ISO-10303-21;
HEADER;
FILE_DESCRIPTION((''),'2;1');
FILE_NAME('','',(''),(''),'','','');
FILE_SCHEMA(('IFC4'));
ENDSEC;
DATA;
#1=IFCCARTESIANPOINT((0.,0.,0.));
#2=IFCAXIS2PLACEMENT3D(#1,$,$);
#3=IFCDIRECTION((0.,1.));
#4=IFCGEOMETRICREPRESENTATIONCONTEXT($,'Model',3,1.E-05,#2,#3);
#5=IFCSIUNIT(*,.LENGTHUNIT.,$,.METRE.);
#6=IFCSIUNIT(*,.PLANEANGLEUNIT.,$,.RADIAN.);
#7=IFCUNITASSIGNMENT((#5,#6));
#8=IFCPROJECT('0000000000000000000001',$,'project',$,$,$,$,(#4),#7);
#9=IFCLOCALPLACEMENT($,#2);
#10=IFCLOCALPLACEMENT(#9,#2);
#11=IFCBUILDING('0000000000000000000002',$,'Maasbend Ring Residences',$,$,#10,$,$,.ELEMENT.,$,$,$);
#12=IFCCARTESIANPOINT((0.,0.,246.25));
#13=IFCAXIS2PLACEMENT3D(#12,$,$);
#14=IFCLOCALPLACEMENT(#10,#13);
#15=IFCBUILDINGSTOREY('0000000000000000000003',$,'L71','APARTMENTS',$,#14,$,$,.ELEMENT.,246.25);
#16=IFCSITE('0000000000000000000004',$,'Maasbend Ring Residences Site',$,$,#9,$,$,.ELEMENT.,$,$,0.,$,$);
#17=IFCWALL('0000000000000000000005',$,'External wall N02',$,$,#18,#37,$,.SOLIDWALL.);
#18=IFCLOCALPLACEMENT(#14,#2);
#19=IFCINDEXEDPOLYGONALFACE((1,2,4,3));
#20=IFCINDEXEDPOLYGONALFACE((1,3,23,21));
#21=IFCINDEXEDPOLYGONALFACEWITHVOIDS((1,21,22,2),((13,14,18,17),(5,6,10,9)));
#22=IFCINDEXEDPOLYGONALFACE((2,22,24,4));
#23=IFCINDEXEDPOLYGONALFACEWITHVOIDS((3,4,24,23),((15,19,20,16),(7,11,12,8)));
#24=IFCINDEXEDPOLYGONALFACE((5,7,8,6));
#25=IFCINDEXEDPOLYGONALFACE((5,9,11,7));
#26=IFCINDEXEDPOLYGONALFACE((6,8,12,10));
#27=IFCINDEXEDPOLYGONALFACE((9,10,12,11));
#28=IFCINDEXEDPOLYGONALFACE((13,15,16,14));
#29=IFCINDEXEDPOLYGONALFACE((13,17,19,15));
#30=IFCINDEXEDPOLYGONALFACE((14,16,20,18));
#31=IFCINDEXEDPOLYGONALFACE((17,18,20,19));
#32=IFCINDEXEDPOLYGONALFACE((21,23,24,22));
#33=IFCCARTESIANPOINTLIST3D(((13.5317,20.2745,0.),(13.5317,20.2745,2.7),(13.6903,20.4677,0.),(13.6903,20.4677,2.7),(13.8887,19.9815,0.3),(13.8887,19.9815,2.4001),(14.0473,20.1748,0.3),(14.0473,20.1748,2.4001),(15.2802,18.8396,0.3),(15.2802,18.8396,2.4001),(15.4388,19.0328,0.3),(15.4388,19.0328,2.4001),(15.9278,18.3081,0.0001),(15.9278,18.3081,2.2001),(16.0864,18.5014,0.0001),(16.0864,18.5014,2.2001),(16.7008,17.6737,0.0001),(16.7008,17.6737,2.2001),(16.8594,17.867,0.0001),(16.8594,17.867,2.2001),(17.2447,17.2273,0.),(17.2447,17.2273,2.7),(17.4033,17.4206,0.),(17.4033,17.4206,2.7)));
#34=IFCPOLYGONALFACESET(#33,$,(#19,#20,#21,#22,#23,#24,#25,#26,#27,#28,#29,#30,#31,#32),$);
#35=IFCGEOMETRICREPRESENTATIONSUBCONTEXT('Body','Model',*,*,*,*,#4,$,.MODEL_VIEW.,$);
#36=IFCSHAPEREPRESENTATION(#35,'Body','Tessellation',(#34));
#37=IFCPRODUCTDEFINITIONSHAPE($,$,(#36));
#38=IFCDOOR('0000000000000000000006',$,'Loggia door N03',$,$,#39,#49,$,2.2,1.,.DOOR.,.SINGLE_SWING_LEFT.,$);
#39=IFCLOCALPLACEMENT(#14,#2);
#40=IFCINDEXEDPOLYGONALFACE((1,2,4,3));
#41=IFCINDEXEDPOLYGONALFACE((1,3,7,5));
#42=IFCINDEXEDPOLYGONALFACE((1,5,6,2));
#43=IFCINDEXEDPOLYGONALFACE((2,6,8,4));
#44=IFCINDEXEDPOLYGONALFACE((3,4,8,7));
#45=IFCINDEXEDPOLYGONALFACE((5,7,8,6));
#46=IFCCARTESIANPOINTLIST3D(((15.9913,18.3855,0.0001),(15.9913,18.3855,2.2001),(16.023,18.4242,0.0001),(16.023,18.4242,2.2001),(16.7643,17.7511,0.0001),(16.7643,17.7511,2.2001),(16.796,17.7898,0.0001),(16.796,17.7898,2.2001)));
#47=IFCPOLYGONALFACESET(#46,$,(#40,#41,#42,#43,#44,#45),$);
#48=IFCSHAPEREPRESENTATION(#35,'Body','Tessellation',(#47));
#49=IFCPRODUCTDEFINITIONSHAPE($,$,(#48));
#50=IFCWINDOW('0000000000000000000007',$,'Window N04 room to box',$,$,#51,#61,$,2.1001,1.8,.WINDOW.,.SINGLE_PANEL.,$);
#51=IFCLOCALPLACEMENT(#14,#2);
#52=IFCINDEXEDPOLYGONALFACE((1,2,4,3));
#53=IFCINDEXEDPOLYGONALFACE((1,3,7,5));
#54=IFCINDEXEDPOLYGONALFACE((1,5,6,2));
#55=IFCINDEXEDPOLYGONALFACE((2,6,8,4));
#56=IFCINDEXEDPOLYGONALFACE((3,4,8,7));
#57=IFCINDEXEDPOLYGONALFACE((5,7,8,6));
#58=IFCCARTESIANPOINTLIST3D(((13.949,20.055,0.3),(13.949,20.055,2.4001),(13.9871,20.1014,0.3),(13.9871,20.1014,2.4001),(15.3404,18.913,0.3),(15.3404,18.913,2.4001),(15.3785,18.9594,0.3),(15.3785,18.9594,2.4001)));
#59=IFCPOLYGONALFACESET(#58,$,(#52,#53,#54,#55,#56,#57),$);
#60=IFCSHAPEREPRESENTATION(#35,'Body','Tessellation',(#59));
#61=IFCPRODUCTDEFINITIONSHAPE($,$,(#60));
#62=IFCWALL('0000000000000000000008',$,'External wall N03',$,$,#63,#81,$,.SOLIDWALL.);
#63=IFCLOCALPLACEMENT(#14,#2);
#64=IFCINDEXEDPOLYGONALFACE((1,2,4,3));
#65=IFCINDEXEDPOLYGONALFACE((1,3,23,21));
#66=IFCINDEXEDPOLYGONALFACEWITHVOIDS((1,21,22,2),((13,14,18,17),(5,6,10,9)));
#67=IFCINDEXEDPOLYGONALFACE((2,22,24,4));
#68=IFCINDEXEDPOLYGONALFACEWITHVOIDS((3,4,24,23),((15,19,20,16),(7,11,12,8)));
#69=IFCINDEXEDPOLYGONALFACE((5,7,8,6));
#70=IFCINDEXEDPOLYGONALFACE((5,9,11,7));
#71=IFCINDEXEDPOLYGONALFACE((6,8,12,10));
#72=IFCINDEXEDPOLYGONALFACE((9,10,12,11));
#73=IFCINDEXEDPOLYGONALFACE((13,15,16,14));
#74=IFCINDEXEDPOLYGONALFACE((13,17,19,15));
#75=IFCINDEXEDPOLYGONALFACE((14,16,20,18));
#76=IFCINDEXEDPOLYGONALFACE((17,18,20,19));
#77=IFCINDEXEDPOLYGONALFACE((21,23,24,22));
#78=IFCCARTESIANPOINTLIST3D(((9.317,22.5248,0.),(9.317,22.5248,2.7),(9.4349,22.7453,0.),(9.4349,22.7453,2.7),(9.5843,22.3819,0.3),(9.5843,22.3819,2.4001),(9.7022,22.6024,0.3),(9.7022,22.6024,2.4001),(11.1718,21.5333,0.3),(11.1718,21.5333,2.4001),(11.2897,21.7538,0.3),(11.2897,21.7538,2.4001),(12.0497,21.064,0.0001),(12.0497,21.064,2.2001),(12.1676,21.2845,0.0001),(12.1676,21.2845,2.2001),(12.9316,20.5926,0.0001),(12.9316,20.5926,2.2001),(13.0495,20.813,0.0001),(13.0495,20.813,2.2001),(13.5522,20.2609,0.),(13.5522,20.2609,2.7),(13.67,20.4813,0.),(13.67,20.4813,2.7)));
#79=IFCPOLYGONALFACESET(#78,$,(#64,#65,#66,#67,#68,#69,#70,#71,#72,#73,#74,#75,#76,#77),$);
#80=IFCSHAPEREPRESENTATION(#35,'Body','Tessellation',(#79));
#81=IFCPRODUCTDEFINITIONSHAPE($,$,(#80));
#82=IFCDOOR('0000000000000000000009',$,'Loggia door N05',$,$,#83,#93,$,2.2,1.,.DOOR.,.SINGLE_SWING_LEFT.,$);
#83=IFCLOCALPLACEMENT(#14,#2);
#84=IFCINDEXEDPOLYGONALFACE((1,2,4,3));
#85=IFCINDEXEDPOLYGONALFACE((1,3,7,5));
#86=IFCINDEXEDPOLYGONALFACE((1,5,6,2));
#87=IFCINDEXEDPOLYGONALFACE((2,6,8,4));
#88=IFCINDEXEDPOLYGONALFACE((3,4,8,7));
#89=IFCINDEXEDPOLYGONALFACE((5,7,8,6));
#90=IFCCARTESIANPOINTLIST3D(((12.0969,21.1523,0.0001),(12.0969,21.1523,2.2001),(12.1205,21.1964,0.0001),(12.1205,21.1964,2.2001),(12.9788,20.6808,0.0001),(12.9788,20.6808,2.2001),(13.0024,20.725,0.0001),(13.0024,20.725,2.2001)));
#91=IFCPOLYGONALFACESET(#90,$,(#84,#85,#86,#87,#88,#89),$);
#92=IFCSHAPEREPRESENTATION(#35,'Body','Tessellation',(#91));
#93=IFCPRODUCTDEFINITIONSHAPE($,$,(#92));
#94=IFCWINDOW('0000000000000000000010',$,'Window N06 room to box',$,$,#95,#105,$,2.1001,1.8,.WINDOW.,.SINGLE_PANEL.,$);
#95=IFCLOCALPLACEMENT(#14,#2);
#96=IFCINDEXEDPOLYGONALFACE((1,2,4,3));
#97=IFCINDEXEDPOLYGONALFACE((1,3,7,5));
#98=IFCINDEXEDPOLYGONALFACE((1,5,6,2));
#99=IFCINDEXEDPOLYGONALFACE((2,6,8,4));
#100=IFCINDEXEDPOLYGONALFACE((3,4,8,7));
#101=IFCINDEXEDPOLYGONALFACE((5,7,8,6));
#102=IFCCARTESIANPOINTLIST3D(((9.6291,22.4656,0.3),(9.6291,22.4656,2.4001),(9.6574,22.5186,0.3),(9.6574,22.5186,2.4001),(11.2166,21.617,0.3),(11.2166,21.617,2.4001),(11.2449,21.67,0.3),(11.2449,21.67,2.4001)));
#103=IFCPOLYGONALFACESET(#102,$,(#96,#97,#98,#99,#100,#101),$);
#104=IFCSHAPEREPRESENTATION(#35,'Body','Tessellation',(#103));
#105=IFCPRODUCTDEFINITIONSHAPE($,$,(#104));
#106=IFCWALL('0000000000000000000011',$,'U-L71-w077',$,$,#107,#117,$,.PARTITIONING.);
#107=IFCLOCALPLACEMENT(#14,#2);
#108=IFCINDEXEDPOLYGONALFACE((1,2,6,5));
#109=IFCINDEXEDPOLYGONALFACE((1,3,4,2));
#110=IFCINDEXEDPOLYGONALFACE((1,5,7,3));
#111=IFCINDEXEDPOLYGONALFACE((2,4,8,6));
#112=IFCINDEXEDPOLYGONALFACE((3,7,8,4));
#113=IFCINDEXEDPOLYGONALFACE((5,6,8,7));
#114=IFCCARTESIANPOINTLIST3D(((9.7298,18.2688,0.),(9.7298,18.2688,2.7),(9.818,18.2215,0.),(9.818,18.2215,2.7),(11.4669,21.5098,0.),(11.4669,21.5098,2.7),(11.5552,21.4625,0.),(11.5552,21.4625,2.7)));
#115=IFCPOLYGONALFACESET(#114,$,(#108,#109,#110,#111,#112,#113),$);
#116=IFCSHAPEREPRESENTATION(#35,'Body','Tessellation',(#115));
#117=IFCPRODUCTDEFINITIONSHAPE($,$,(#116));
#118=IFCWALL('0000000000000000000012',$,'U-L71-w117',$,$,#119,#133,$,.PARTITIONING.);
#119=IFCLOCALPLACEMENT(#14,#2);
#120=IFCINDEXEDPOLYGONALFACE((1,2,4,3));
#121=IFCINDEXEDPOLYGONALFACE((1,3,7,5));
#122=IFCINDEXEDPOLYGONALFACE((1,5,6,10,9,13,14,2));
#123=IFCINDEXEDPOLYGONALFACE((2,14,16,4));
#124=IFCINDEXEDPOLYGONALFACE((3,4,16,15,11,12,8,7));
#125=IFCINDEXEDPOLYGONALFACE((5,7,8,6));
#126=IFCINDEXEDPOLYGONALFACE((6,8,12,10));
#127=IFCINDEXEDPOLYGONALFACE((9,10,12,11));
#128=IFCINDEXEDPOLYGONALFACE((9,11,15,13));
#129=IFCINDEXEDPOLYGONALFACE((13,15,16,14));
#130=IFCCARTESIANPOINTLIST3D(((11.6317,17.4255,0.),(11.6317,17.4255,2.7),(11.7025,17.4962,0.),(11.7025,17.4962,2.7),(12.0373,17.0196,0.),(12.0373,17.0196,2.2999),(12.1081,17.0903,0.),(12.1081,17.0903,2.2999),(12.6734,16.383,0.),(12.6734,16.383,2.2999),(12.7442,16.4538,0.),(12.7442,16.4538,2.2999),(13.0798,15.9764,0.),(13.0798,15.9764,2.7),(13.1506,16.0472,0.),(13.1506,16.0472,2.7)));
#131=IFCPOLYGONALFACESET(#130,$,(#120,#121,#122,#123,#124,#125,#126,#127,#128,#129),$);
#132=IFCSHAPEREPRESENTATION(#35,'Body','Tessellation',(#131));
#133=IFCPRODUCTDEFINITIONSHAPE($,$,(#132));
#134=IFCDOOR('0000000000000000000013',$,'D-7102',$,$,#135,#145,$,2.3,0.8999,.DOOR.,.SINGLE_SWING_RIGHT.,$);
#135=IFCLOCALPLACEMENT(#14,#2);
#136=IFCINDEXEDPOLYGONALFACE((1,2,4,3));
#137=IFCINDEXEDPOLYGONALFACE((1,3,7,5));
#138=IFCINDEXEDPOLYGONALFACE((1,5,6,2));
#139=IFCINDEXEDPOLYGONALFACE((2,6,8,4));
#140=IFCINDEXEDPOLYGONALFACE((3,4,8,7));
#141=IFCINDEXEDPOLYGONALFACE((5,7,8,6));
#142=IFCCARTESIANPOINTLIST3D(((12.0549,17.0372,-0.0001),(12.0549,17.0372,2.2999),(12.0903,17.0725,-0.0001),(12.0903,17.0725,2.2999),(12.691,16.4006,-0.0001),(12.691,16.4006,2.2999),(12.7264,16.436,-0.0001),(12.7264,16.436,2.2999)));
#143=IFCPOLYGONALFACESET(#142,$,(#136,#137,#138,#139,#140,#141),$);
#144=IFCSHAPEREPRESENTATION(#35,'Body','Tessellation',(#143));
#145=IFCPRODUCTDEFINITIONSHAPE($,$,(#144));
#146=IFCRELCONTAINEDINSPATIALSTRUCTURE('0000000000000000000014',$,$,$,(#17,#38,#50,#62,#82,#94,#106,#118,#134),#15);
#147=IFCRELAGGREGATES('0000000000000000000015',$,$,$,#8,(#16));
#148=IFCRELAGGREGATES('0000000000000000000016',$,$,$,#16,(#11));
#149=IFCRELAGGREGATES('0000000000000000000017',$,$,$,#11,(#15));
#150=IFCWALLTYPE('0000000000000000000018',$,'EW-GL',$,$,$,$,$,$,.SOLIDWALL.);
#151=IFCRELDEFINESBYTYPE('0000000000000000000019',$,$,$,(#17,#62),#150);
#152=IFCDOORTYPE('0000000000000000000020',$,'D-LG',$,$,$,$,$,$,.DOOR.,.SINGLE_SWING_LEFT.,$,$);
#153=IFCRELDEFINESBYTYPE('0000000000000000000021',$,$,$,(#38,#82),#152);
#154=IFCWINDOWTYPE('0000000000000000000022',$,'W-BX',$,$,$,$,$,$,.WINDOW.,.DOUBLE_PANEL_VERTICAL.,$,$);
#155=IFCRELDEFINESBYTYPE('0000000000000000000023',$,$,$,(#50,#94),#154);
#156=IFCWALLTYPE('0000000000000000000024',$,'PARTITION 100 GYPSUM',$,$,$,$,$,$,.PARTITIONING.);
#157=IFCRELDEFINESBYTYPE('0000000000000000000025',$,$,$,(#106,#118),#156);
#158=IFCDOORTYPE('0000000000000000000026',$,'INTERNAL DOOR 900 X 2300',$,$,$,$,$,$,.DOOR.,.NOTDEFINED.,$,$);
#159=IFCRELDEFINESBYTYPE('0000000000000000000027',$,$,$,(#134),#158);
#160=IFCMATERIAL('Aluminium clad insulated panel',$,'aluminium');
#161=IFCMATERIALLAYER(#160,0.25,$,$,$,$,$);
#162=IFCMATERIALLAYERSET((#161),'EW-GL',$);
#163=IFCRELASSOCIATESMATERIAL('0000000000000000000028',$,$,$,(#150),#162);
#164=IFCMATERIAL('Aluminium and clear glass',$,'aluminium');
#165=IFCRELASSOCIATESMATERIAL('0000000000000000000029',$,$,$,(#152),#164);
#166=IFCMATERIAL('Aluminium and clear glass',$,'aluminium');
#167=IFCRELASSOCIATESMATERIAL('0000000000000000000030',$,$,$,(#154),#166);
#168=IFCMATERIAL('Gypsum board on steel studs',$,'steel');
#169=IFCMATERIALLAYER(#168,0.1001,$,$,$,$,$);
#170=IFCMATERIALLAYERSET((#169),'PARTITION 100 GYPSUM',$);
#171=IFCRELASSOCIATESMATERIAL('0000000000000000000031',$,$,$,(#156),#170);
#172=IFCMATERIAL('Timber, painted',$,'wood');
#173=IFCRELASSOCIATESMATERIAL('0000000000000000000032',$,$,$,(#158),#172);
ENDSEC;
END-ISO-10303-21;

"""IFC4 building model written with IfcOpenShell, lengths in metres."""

from ifc_helpers import new_model, si_unit, direction, frame, frame_2d, origin, place, context, subcontext, project, spatial, rectangle, extrude, material, layer, layer_set, type_object, element, fill, save


model = new_model("IFC4")

# Units and contexts
model_context = context("Model", 3, precision=1e-05, world=origin(), true_north=direction((0.0, 1.0)))
body_context = subcontext(model_context, "Body", "Model", "MODEL_VIEW")
ifc_project = project(units=[si_unit("LENGTHUNIT", "METRE"), si_unit("PLANEANGLEUNIT", "RADIAN")], contexts=[model_context])

# Site, building, storey
site_placement = place(None, origin())
site = spatial("IfcSite", under=ifc_project, at=site_placement, Name="Maasbend Ring Residences Site", CompositionType="ELEMENT", RefElevation=0.0)
building_placement = place(site_placement, origin())
building = spatial("IfcBuilding", under=site, at=building_placement, Name="Maasbend Ring Residences", CompositionType="ELEMENT")
storey_placement = place(building_placement, frame((0.0, 0.0, 246.25)))
storey = spatial("IfcBuildingStorey", under=building, at=storey_placement, Name="L71", Description="APARTMENTS", CompositionType="ELEMENT", Elevation=246.25)

# Walls, openings, doors, windows
ifc_material_1 = material(Name="Aluminium clad insulated panel", Category="aluminium")
ifc_layer_1 = layer(ifc_material_1, 0.25)
ifc_layer_set_1 = layer_set([ifc_layer_1], Name="EW-GL")
wall_type_1 = type_object("IfcWallType", Name="EW-GL", PredefinedType="SOLIDWALL", material=ifc_layer_set_1)
wall_1_placement = place(storey_placement, frame((17.324, 17.324, 0.0), z_axis=(0.0, 0.0, 1.0), x_axis=(-0.773008, 0.634397, 0.0)))
wall_1 = element("IfcWall", 1, at=wall_1_placement, inside=storey, type_object=wall_type_1, Name="External wall N02", PredefinedType="SOLIDWALL", context=body_context, shape_type="SweptSolid", body=[
    extrude(rectangle(XDim=4.8032, YDim=0.25, at=frame_2d((2.4016, 0.0))), origin(), (0.0, 0.0, 1.0), 2.7),
])
opening_1_placement = place(wall_1_placement, frame((0.7036, 0.0, 0.0)))
opening_1 = element("IfcOpeningElement", 2, at=opening_1_placement, cuts=wall_1, PredefinedType="OPENING", context=body_context, shape_type="SweptSolid", body=[
    extrude(rectangle(XDim=1.0, YDim=2.2, at=frame_2d((0.5, 1.1001))), frame((0.0, 0.135, 0.0), z_axis=(0.0, -1.0, 0.0), x_axis=(1.0, 0.0, 0.0)), (0.0, 0.0, 1.0), 0.27),
])
opening_2_placement = place(wall_1_placement, frame((2.5415, 0.0, 0.3)))
opening_2 = element("IfcOpeningElement", 3, at=opening_2_placement, cuts=wall_1, PredefinedType="OPENING", context=body_context, shape_type="SweptSolid", body=[
    extrude(rectangle(XDim=1.8, YDim=2.1001, at=frame_2d((0.8999, 1.05))), frame((0.0, 0.135, 0.0), z_axis=(0.0, -1.0, 0.0), x_axis=(1.0, 0.0, 0.0)), (0.0, 0.0, 1.0), 0.27),
])
ifc_material_2 = material(Name="Aluminium and clear glass", Category="aluminium")
door_type_1 = type_object("IfcDoorType", Name="D-LG", OperationType="SINGLE_SWING_LEFT", PredefinedType="DOOR", material=ifc_material_2)
door_1_placement = place(opening_1_placement, origin())
door_1 = element("IfcDoor", 4, at=door_1_placement, inside=storey, type_object=door_type_1, Name="Loggia door N03", OperationType="SINGLE_SWING_LEFT", OverallHeight=2.2, OverallWidth=1.0, PredefinedType="DOOR", context=body_context, shape_type="SweptSolid", body=[
    extrude(rectangle(XDim=1.0, YDim=2.2, at=frame_2d((0.5, 1.1001))), frame((0.0, 0.0249, 0.0), z_axis=(0.0, -1.0, 0.0), x_axis=(1.0, 0.0, 0.0)), (0.0, 0.0, 1.0), 0.05),
])
fill(opening_1, door_1)
ifc_material_3 = material(Name="Aluminium and clear glass", Category="aluminium")
window_type_1 = type_object("IfcWindowType", Name="W-BX", PartitioningType="DOUBLE_PANEL_VERTICAL", PredefinedType="WINDOW", material=ifc_material_3)
window_1_placement = place(opening_2_placement, origin())
window_1 = element("IfcWindow", 5, at=window_1_placement, inside=storey, type_object=window_type_1, Name="Window N04 room to box", OverallHeight=2.1001, OverallWidth=1.8, PartitioningType="SINGLE_PANEL", PredefinedType="WINDOW", context=body_context, shape_type="SweptSolid", body=[
    extrude(rectangle(XDim=1.8, YDim=2.1001, at=frame_2d((0.8999, 1.05))), frame((0.0, 0.03, 0.0), z_axis=(0.0, -1.0, 0.0), x_axis=(1.0, 0.0, 0.0)), (0.0, 0.0, 1.0), 0.0601),
])
fill(opening_2, window_1)
wall_2_placement = place(storey_placement, frame((13.6111, 20.3711, 0.0), z_axis=(0.0, 0.0, 1.0), x_axis=(-0.881904, 0.47143, 0.0)))
wall_2 = element("IfcWall", 6, at=wall_2_placement, inside=storey, type_object=wall_type_1, Name="External wall N03", PredefinedType="SOLIDWALL", context=body_context, shape_type="SweptSolid", body=[
    extrude(rectangle(XDim=4.8022, YDim=0.25, at=frame_2d((2.4011, 0.0))), origin(), (0.0, 0.0, 1.0), 2.7),
])
opening_3_placement = place(wall_2_placement, frame((0.7036, 0.0, 0.0)))
opening_3 = element("IfcOpeningElement", 7, at=opening_3_placement, cuts=wall_2, PredefinedType="OPENING", context=body_context, shape_type="SweptSolid", body=[
    extrude(rectangle(XDim=1.0, YDim=2.2, at=frame_2d((0.5, 1.1001))), frame((0.0, 0.135, 0.0), z_axis=(0.0, -1.0, 0.0), x_axis=(1.0, 0.0, 0.0)), (0.0, 0.0, 1.0), 0.27),
])
opening_4_placement = place(wall_2_placement, frame((2.6992, 0.0, 0.3)))
opening_4 = element("IfcOpeningElement", 8, at=opening_4_placement, cuts=wall_2, PredefinedType="OPENING", context=body_context, shape_type="SweptSolid", body=[
    extrude(rectangle(XDim=1.8, YDim=2.1001, at=frame_2d((0.8999, 1.05))), frame((0.0, 0.135, 0.0), z_axis=(0.0, -1.0, 0.0), x_axis=(1.0, 0.0, 0.0)), (0.0, 0.0, 1.0), 0.27),
])
door_2_placement = place(opening_3_placement, origin())
door_2 = element("IfcDoor", 9, at=door_2_placement, inside=storey, type_object=door_type_1, Name="Loggia door N05", OperationType="SINGLE_SWING_LEFT", OverallHeight=2.2, OverallWidth=1.0, PredefinedType="DOOR", context=body_context, shape_type="SweptSolid", body=[
    extrude(rectangle(XDim=1.0, YDim=2.2, at=frame_2d((0.5, 1.1001))), frame((0.0, 0.0249, 0.0), z_axis=(0.0, -1.0, 0.0), x_axis=(1.0, 0.0, 0.0)), (0.0, 0.0, 1.0), 0.05),
])
fill(opening_3, door_2)
window_2_placement = place(opening_4_placement, origin())
window_2 = element("IfcWindow", 10, at=window_2_placement, inside=storey, type_object=window_type_1, Name="Window N06 room to box", OverallHeight=2.1001, OverallWidth=1.8, PartitioningType="SINGLE_PANEL", PredefinedType="WINDOW", context=body_context, shape_type="SweptSolid", body=[
    extrude(rectangle(XDim=1.8, YDim=2.1001, at=frame_2d((0.8999, 1.05))), frame((0.0, 0.03, 0.0), z_axis=(0.0, -1.0, 0.0), x_axis=(1.0, 0.0, 0.0)), (0.0, 0.0, 1.0), 0.0601),
])
fill(opening_4, window_2)

# Wall
ifc_material_4 = material(Name="Gypsum board on steel studs", Category="steel")
ifc_layer_2 = layer(ifc_material_4, 0.1001)
ifc_layer_set_2 = layer_set([ifc_layer_2], Name="PARTITION 100 GYPSUM")
wall_type_2 = type_object("IfcWallType", Name="PARTITION 100 GYPSUM", PredefinedType="PARTITIONING", material=ifc_layer_set_2)
wall_3_placement = place(storey_placement, frame((9.7739, 18.2451, 0.0), z_axis=(0.0, 0.0, 1.0), x_axis=(0.472396, 0.881386, 0.0)))
element("IfcWall", 11, at=wall_3_placement, inside=storey, type_object=wall_type_2, Name="U-L71-w077", PredefinedType="PARTITIONING", context=body_context, shape_type="SweptSolid", body=[
    extrude(rectangle(XDim=3.6772, YDim=0.1001, at=frame_2d((1.8386, 0.0))), origin(), (0.0, 0.0, 1.0), 2.7),
])

# Wall, opening, door
wall_4_placement = place(storey_placement, frame((11.667, 17.4609, 0.0), z_axis=(0.0, 0.0, 1.0), x_axis=(0.706868, -0.707345, 0.0)))
wall_4 = element("IfcWall", 12, at=wall_4_placement, inside=storey, type_object=wall_type_2, Name="U-L71-w117", PredefinedType="PARTITIONING", context=body_context, shape_type="SweptSolid", body=[
    extrude(rectangle(XDim=2.0486, YDim=0.1001, at=frame_2d((1.0244, 0.0))), origin(), (0.0, 0.0, 1.0), 2.7),
])
opening_5_placement = place(wall_4_placement, frame((0.574, 0.0, 0.0)))
opening_5 = element("IfcOpeningElement", 13, at=opening_5_placement, cuts=wall_4, PredefinedType="OPENING", context=body_context, shape_type="SweptSolid", body=[
    extrude(rectangle(XDim=0.8999, YDim=2.3, at=frame_2d((0.45, 1.1499))), frame((0.0, 0.0601, 0.0), z_axis=(0.0, -1.0, 0.0), x_axis=(1.0, 0.0, 0.0)), (0.0, 0.0, 1.0), 0.1201),
])
ifc_material_5 = material(Name="Timber, painted", Category="wood")
door_type_2 = type_object("IfcDoorType", Name="INTERNAL DOOR 900 X 2300", OperationType="NOTDEFINED", PredefinedType="DOOR", material=ifc_material_5)
door_3_placement = place(opening_5_placement, origin())
door_3 = element("IfcDoor", 14, at=door_3_placement, inside=storey, type_object=door_type_2, Name="D-7102", OperationType="SINGLE_SWING_RIGHT", OverallHeight=2.3, OverallWidth=0.8999, PredefinedType="DOOR", context=body_context, shape_type="SweptSolid", body=[
    extrude(rectangle(XDim=0.8999, YDim=2.3, at=frame_2d((0.45, 1.1499))), frame((0.0, 0.0249, 0.0), z_axis=(0.0, -1.0, 0.0), x_axis=(1.0, 0.0, 0.0)), (0.0, 0.0, 1.0), 0.05),
])
fill(opening_5, door_3)

save(model, "model.ifc")
